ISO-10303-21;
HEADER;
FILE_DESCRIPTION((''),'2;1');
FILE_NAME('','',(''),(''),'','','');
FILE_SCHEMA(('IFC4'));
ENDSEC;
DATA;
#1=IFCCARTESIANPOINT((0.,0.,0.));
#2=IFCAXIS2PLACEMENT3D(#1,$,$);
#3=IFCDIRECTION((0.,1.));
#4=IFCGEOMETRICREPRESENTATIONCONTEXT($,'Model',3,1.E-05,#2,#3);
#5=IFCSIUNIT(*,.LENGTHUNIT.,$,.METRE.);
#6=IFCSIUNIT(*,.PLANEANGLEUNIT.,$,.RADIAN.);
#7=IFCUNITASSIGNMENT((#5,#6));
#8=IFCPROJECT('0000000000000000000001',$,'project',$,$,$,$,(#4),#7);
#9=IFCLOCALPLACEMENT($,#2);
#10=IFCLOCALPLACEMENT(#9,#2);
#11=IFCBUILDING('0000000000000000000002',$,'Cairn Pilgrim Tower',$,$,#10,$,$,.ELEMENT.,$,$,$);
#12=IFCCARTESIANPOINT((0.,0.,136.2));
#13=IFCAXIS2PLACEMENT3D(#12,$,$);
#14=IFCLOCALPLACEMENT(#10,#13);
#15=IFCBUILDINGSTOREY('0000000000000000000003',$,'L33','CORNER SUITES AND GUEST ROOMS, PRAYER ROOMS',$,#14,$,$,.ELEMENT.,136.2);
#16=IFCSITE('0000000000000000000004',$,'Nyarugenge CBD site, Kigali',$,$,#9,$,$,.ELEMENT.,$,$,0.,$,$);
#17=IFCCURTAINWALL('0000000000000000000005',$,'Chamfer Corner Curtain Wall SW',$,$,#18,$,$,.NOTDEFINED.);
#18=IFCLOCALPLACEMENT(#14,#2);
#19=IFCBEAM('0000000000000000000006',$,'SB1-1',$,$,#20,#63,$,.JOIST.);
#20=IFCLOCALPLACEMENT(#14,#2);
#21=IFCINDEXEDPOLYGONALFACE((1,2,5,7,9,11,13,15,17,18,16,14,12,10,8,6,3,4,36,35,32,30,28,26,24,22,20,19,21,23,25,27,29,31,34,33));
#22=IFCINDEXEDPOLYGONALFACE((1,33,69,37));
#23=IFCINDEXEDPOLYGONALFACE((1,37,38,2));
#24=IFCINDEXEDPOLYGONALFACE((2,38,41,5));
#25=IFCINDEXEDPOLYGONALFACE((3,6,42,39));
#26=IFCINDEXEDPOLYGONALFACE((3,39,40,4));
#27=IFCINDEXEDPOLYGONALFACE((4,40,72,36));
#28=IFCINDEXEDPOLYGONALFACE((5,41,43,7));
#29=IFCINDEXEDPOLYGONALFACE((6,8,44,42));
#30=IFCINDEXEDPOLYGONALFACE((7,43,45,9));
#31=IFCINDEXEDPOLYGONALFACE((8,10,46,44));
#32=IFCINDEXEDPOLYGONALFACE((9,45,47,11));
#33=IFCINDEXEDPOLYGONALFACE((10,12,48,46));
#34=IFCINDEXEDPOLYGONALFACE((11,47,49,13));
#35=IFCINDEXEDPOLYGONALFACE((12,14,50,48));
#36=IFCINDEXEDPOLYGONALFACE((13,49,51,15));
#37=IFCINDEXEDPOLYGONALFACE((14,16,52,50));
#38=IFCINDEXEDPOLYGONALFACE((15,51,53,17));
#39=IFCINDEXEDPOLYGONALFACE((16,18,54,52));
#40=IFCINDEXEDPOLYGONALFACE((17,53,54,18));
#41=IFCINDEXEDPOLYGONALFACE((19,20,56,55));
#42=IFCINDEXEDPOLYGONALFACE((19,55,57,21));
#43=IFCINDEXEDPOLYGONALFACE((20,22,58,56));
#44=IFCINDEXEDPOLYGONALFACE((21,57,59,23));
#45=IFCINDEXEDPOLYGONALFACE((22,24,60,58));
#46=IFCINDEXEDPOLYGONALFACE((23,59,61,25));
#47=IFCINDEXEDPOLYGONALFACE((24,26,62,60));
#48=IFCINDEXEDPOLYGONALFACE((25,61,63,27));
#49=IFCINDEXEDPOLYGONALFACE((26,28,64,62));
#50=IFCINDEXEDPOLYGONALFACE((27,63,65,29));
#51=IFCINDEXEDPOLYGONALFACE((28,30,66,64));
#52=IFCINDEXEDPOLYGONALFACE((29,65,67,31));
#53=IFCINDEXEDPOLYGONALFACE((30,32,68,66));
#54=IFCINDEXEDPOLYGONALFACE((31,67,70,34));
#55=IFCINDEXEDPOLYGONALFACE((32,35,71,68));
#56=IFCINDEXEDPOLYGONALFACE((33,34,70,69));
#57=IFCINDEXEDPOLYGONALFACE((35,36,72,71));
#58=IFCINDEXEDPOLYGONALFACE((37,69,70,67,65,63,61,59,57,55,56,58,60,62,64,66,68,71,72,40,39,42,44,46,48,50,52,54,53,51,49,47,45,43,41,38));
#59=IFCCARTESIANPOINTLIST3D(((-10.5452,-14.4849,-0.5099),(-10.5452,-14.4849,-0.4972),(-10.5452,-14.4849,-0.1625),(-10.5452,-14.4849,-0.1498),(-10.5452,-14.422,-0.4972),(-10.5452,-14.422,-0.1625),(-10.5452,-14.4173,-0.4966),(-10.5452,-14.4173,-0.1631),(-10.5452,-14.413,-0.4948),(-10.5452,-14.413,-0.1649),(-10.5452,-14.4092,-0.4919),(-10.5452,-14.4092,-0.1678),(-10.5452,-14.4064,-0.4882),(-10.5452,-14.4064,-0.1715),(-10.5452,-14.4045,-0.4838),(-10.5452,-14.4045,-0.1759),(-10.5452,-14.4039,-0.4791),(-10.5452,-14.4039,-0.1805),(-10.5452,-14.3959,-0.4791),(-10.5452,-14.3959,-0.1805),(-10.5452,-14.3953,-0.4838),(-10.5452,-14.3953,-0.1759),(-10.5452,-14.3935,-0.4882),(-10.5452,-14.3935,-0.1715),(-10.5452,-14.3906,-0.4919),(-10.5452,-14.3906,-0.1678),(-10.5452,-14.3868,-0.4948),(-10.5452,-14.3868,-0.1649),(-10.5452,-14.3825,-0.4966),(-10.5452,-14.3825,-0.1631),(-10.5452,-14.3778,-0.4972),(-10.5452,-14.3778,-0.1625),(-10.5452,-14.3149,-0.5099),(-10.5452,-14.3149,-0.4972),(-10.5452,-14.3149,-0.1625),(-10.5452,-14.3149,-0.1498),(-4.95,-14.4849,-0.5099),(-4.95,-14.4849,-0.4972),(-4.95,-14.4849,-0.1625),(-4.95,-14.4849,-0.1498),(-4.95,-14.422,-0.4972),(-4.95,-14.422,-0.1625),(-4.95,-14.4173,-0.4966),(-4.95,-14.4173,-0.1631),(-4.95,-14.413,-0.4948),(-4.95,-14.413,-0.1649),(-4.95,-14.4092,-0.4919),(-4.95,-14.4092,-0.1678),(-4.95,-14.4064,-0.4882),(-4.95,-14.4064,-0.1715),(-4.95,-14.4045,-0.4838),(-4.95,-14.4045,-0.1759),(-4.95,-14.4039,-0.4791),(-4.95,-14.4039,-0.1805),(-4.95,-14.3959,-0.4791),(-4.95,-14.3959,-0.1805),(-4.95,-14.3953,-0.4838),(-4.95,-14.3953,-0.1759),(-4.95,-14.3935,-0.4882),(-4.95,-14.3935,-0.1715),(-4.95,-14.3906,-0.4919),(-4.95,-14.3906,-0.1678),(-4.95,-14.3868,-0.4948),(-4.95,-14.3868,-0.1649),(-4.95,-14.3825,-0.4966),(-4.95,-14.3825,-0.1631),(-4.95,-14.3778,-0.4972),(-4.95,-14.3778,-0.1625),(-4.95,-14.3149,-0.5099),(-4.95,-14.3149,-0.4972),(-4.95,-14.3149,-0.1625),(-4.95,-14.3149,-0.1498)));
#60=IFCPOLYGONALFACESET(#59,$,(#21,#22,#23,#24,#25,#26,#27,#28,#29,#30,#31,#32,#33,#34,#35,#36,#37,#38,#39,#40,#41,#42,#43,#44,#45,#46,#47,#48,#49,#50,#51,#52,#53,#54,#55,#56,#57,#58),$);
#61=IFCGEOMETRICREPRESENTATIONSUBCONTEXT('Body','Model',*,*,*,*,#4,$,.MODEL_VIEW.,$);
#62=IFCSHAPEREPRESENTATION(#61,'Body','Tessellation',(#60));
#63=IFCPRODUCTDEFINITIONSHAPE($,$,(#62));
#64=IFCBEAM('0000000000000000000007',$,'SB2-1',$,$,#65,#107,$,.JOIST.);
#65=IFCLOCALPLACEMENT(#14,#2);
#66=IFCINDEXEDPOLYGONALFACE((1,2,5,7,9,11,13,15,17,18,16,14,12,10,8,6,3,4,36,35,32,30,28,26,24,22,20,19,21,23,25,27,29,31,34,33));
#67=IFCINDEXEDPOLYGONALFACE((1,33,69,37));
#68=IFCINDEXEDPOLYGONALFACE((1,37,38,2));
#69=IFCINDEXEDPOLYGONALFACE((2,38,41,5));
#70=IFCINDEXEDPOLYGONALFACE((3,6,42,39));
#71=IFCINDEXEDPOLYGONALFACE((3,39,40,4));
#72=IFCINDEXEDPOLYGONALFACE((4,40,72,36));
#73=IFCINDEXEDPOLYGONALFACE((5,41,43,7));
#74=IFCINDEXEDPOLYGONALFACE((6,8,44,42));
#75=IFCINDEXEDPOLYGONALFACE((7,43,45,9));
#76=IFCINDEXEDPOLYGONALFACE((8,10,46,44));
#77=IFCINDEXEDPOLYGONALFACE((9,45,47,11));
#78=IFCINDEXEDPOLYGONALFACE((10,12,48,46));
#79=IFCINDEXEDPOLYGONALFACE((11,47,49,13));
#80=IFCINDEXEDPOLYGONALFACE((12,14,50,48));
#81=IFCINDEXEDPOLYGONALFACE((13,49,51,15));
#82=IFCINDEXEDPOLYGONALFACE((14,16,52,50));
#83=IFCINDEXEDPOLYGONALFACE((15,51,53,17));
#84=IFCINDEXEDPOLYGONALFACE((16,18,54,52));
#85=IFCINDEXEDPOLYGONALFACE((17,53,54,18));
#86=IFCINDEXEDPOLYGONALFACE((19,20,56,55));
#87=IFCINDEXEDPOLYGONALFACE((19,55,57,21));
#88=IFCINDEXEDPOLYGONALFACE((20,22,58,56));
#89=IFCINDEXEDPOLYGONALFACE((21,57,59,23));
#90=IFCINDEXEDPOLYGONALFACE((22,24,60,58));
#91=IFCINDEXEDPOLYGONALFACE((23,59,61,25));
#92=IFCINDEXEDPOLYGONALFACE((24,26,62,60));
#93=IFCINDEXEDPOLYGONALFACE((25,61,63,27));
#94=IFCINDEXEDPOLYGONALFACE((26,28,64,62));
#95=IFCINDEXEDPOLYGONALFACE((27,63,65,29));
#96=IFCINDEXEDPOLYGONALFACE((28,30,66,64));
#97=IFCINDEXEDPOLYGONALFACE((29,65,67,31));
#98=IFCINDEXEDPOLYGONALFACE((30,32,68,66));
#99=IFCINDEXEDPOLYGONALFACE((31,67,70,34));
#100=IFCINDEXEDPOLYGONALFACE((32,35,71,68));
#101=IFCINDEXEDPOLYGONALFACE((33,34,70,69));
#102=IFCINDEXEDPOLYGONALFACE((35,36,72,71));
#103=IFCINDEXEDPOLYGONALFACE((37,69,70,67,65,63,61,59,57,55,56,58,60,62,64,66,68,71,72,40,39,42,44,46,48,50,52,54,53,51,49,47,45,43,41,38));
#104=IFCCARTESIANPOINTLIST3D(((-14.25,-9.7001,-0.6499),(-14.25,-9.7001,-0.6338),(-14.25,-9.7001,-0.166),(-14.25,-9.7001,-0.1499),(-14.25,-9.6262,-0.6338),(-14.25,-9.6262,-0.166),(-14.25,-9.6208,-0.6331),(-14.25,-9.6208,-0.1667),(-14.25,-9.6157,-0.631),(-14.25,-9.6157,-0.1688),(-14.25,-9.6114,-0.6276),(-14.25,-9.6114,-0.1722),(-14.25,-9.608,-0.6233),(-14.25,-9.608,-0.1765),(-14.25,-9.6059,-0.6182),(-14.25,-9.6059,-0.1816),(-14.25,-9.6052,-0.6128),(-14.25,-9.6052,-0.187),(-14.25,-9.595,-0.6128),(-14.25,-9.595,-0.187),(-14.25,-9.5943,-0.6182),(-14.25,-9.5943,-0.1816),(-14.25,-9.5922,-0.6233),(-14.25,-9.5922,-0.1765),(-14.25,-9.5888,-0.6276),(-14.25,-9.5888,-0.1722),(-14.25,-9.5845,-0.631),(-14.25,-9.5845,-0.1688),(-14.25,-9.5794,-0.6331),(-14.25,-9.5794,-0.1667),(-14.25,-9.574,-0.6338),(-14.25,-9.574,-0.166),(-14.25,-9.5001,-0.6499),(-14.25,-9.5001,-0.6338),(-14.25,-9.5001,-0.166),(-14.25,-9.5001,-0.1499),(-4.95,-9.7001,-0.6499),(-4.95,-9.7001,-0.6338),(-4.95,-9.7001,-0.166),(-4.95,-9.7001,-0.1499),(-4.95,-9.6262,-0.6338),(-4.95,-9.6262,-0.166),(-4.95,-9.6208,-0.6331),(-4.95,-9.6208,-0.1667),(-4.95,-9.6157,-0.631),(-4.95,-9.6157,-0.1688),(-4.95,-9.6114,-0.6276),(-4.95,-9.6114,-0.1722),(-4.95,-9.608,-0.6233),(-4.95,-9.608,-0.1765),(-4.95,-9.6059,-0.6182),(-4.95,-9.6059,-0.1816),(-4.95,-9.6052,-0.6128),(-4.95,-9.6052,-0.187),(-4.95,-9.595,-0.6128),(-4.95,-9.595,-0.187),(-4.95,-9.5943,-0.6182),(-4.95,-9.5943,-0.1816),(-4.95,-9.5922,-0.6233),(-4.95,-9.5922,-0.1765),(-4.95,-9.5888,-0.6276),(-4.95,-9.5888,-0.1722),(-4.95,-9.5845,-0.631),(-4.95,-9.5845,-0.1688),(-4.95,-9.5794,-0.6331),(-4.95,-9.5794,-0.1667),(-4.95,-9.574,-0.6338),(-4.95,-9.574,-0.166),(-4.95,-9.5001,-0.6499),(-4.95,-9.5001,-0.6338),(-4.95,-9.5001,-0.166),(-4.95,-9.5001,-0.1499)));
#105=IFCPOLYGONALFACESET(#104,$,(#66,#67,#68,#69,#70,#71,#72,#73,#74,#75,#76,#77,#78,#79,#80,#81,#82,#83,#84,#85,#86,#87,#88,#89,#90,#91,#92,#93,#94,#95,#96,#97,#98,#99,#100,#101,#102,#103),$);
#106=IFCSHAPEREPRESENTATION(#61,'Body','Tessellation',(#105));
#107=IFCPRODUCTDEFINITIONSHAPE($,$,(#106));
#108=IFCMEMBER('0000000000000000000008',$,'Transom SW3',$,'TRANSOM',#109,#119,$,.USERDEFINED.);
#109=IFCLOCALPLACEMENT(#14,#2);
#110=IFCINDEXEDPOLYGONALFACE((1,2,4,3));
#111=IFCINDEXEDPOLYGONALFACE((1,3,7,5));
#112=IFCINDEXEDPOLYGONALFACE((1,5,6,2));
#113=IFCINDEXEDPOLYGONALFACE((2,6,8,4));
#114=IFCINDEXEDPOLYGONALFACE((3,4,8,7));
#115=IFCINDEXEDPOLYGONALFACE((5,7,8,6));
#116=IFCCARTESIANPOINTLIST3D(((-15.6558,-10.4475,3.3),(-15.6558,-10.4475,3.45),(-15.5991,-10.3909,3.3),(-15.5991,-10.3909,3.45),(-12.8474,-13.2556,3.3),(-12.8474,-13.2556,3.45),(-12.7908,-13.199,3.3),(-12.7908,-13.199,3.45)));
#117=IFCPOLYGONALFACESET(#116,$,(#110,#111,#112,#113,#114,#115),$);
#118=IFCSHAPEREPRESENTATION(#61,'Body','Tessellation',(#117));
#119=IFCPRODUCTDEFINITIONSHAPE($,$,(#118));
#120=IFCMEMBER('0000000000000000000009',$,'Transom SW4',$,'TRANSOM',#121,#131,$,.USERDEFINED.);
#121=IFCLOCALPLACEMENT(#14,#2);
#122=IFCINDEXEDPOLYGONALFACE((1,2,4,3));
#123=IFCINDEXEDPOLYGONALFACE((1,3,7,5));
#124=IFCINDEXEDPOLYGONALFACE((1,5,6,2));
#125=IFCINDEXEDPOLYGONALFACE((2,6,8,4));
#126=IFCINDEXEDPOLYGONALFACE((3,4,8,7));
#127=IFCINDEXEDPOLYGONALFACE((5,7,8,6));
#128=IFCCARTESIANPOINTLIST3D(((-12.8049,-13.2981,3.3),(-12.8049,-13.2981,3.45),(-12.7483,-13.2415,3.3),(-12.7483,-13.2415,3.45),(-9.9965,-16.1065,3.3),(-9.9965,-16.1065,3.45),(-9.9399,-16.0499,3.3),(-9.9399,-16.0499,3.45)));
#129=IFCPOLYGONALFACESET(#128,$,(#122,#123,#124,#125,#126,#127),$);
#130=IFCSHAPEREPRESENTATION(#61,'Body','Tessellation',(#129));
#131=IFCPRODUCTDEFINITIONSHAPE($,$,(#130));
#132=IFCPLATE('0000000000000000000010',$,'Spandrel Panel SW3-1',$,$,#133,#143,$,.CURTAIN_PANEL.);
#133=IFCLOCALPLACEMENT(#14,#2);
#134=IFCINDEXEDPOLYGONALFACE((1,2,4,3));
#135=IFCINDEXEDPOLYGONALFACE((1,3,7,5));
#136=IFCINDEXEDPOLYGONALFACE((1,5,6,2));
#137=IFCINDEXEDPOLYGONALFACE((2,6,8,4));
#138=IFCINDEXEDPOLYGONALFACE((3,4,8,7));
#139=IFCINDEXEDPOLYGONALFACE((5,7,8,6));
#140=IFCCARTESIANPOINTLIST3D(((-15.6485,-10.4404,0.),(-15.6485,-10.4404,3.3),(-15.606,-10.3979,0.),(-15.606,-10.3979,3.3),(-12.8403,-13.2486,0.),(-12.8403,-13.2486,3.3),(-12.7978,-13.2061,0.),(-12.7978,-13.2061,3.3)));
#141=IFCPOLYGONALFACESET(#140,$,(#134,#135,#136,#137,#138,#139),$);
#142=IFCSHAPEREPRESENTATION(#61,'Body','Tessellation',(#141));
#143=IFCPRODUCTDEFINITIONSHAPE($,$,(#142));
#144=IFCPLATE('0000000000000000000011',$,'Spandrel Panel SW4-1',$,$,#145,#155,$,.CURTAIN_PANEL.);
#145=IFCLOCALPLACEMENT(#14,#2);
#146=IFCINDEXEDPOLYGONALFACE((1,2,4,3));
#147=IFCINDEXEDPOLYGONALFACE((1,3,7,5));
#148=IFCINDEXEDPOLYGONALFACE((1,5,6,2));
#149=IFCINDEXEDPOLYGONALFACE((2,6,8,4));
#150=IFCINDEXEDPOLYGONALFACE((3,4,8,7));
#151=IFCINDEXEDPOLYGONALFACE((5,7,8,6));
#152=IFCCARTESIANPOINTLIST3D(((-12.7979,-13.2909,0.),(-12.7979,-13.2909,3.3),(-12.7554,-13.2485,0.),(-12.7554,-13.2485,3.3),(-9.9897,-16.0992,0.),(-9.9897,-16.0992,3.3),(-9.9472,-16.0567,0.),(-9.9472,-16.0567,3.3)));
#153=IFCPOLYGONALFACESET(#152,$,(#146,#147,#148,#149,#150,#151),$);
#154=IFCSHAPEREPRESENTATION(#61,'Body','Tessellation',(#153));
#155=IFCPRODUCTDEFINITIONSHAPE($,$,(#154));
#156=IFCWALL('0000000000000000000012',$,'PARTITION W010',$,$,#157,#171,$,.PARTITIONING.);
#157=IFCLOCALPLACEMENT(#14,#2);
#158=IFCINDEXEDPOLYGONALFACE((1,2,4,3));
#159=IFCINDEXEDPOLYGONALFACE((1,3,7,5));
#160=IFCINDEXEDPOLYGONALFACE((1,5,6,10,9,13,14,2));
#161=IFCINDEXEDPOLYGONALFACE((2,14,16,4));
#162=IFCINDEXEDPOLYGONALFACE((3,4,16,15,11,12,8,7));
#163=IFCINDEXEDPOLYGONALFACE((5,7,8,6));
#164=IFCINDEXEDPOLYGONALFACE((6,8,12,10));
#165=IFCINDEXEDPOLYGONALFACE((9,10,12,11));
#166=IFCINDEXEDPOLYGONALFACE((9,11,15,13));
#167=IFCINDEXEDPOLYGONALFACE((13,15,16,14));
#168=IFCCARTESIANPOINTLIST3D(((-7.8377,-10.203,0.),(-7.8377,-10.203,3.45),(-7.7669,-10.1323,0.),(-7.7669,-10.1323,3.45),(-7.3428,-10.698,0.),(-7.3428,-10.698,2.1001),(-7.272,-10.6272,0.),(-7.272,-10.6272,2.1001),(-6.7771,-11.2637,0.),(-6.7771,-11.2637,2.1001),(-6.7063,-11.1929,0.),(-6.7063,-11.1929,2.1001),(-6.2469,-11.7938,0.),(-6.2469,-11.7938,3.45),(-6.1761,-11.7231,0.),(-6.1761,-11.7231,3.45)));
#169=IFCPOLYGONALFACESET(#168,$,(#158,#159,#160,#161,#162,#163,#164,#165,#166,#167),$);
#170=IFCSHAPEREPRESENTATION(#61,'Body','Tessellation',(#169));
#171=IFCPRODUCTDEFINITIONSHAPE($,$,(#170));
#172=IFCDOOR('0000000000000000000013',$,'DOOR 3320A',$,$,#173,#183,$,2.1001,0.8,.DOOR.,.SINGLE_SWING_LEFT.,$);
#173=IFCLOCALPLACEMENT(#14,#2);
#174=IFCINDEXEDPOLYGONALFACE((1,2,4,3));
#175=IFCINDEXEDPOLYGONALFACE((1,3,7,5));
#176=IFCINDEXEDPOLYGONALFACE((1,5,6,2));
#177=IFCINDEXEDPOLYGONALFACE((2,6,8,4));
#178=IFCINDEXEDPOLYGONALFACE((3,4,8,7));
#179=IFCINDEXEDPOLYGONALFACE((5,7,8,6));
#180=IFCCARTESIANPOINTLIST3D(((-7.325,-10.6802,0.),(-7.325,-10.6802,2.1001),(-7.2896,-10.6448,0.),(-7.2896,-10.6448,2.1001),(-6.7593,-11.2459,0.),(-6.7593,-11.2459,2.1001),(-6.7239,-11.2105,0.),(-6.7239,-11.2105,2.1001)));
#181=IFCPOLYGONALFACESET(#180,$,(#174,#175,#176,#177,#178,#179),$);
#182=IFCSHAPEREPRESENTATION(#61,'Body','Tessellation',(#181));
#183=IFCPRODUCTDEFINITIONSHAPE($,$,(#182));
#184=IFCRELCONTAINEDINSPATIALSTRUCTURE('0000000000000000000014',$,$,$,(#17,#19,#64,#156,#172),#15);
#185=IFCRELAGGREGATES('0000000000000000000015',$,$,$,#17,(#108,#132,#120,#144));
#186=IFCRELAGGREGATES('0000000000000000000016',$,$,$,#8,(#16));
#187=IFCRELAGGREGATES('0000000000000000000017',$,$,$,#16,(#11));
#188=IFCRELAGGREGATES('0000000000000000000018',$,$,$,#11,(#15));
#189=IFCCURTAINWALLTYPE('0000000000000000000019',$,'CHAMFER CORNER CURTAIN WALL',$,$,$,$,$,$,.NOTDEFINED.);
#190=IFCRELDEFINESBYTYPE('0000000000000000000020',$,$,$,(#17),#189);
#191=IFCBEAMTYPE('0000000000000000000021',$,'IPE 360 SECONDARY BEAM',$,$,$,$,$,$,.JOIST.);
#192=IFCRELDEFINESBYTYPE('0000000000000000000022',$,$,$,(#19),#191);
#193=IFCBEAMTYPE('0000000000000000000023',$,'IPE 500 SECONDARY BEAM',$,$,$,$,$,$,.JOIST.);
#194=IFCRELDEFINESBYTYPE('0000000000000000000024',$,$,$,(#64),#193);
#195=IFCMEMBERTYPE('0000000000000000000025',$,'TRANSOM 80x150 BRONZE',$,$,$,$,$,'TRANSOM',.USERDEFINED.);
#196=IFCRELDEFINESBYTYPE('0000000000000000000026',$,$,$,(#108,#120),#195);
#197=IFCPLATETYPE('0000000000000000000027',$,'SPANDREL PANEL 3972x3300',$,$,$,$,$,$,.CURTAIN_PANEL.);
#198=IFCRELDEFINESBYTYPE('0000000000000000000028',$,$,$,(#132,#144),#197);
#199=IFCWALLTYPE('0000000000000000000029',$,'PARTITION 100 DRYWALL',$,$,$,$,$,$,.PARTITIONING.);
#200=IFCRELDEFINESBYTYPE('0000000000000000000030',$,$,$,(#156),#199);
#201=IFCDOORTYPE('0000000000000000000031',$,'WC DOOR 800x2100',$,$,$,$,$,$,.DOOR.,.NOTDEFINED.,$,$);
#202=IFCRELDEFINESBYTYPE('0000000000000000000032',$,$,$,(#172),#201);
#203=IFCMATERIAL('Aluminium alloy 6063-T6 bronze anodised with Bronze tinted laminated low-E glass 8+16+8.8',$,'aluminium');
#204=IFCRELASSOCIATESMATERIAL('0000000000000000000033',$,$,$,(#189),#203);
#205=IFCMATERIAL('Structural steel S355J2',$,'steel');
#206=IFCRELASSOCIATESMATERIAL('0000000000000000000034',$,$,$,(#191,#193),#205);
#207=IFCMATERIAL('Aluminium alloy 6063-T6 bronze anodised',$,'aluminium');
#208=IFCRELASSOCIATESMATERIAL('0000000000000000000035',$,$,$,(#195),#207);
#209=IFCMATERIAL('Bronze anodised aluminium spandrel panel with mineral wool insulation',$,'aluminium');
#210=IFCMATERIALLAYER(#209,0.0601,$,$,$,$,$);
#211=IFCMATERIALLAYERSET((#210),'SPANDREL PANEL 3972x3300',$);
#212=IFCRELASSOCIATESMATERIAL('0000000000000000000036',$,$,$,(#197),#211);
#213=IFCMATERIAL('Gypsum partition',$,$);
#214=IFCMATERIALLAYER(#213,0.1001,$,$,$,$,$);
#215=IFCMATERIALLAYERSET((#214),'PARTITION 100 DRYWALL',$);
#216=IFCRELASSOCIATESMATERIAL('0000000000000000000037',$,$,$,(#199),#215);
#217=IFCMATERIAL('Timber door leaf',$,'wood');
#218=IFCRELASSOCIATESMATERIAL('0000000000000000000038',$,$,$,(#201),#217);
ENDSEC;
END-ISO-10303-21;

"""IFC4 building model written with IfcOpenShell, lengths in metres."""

from ifc_helpers import new_model, si_unit, direction, frame, frame_2d, origin, origin_2d, place, context, subcontext, project, spatial, rectangle, i_section, extrude, material, layer, layer_set, material_profile, profile_set, type_object, element, fill, aggregate, save


model = new_model("IFC4")

# Units and contexts
model_context = context("Model", 3, precision=1e-05, world=origin(), true_north=direction((0.0, 1.0)))
body_context = subcontext(model_context, "Body", "Model", "MODEL_VIEW")
ifc_project = project(units=[si_unit("LENGTHUNIT", "METRE"), si_unit("PLANEANGLEUNIT", "RADIAN")], contexts=[model_context])

# Site, building, storey
site_placement = place(None, origin())
site = spatial("IfcSite", under=ifc_project, at=site_placement, Name="Nyarugenge CBD site, Kigali", CompositionType="ELEMENT", RefElevation=0.0)
building_placement = place(site_placement, origin())
building = spatial("IfcBuilding", under=site, at=building_placement, Name="Cairn Pilgrim Tower", CompositionType="ELEMENT")
storey_placement = place(building_placement, frame((0.0, 0.0, 136.2)))
storey = spatial("IfcBuildingStorey", under=building, at=storey_placement, Name="L33", Description="CORNER SUITES AND GUEST ROOMS, PRAYER ROOMS", CompositionType="ELEMENT", Elevation=136.2)

# Shared definitions
ifc_material_1 = material(Name="Structural steel S355J2", Category="steel")

# Shared definitions
ifc_material_2 = material(Name="Aluminium alloy 6063-T6 bronze anodised with Bronze tinted laminated low-E glass 8+16+8.8", Category="aluminium")
ifc_material_3 = material(Name="Aluminium alloy 6063-T6 bronze anodised", Category="aluminium")

# Curtain wall
curtain_wall_type_1 = type_object("IfcCurtainWallType", Name="CHAMFER CORNER CURTAIN WALL", PredefinedType="NOTDEFINED", material=ifc_material_2)
curtain_wall_1_placement = place(storey_placement, origin())
curtain_wall_1 = element("IfcCurtainWall", 1, at=curtain_wall_1_placement, inside=storey, type_object=curtain_wall_type_1, Name="Chamfer Corner Curtain Wall SW", PredefinedType="NOTDEFINED")

# Beams
ifc_material_profile_1 = material_profile(ifc_material_1, i_section(OverallWidth=0.1699, OverallDepth=0.3601, WebThickness=0.0081, FlangeThickness=0.0127, FilletRadius=0.0181, at=origin_2d()), Name="IPE 360")
ifc_profile_set_1 = profile_set([ifc_material_profile_1], Name="Structural steel S355J2")
beam_type_1 = type_object("IfcBeamType", Name="IPE 360 SECONDARY BEAM", PredefinedType="JOIST", material=ifc_profile_set_1)
beam_1_placement = place(storey_placement, frame((-10.5452, -14.3999, -0.3298), z_axis=(1.0, 0.0, 0.0), x_axis=(0.0, 1.0, 0.0)))
element("IfcBeam", 2, at=beam_1_placement, inside=storey, type_object=beam_type_1, Name="SB1-1", PredefinedType="JOIST", context=body_context, shape_type="SweptSolid", body=[
    extrude(i_section(OverallWidth=0.1699, OverallDepth=0.3601, WebThickness=0.0081, FlangeThickness=0.0127, FilletRadius=0.0181, at=origin_2d()), origin(), (0.0, 0.0, 1.0), 5.5952),
])
ifc_material_profile_2 = material_profile(ifc_material_1, i_section(OverallWidth=0.2, OverallDepth=0.5, WebThickness=0.0103, FlangeThickness=0.0161, FilletRadius=0.021, at=origin_2d()), Name="IPE 500")
ifc_profile_set_2 = profile_set([ifc_material_profile_2], Name="Structural steel S355J2")
beam_type_2 = type_object("IfcBeamType", Name="IPE 500 SECONDARY BEAM", PredefinedType="JOIST", material=ifc_profile_set_2)
beam_2_placement = place(storey_placement, frame((-14.25, -9.6001, -0.3999), z_axis=(1.0, 0.0, 0.0), x_axis=(0.0, 1.0, 0.0)))
element("IfcBeam", 3, at=beam_2_placement, inside=storey, type_object=beam_type_2, Name="SB2-1", PredefinedType="JOIST", context=body_context, shape_type="SweptSolid", body=[
    extrude(i_section(OverallWidth=0.2, OverallDepth=0.5, WebThickness=0.0103, FlangeThickness=0.0161, FilletRadius=0.021, at=origin_2d()), origin(), (0.0, 0.0, 1.0), 9.3),
])

# Members
ifc_material_profile_3 = material_profile(ifc_material_3, rectangle(XDim=0.0801, YDim=0.1499, at=origin_2d()), Name="TRANSOM 80x150 BRONZE")
ifc_profile_set_3 = profile_set([ifc_material_profile_3], Name="Aluminium alloy 6063-T6 bronze anodised")
member_type_1 = type_object("IfcMemberType", Name="TRANSOM 80x150 BRONZE", ElementType="TRANSOM", PredefinedType="USERDEFINED", material=ifc_profile_set_3)
member_1_placement = place(storey_placement, frame((-15.6274, -10.4192, 3.375), z_axis=(0.707138, -0.707076, 0.0), x_axis=(0.707076, 0.707138, 0.0)))
member_1 = element("IfcMember", 4, at=member_1_placement, type_object=member_type_1, Name="Transom SW3", ObjectType="TRANSOM", PredefinedType="USERDEFINED", context=body_context, shape_type="SweptSolid", body=[
    extrude(rectangle(XDim=0.0801, YDim=0.1499, at=origin_2d()), origin(), (0.0, 0.0, 1.0), 3.9714),
])
member_2_placement = place(storey_placement, frame((-12.7766, -13.2698, 3.375), z_axis=(0.707107, -0.707107, 0.0), x_axis=(0.707107, 0.707107, 0.0)))
member_2 = element("IfcMember", 5, at=member_2_placement, type_object=member_type_1, Name="Transom SW4", ObjectType="TRANSOM", PredefinedType="USERDEFINED", context=body_context, shape_type="SweptSolid", body=[
    extrude(rectangle(XDim=0.0801, YDim=0.1499, at=origin_2d()), origin(), (0.0, 0.0, 1.0), 3.9717),
])

# Plates
ifc_material_4 = material(Name="Bronze anodised aluminium spandrel panel with mineral wool insulation", Category="aluminium")
ifc_layer_1 = layer(ifc_material_4, 0.0601)
ifc_layer_set_1 = layer_set([ifc_layer_1], Name="SPANDREL PANEL 3972x3300")
plate_type = type_object("IfcPlateType", Name="SPANDREL PANEL 3972x3300", PredefinedType="CURTAIN_PANEL", material=ifc_layer_set_1)
plate_1_placement = place(storey_placement, frame((-14.2231, -11.8232, 0.0), z_axis=(0.0, 0.0, 1.0), x_axis=(0.707107, -0.707107, 0.0)))
plate_1 = element("IfcPlate", 6, at=plate_1_placement, type_object=plate_type, Name="Spandrel Panel SW3-1", PredefinedType="CURTAIN_PANEL", context=body_context, shape_type="SweptSolid", body=[
    extrude(rectangle(XDim=3.9714, YDim=0.0601, at=origin_2d()), origin(), (0.0, 0.0, 1.0), 3.3),
])
plate_2_placement = place(storey_placement, frame((-11.3726, -14.6738, 0.0), z_axis=(0.0, 0.0, 1.0), x_axis=(0.707107, -0.707107, 0.0)))
plate_2 = element("IfcPlate", 7, at=plate_2_placement, type_object=plate_type, Name="Spandrel Panel SW4-1", PredefinedType="CURTAIN_PANEL", context=body_context, shape_type="SweptSolid", body=[
    extrude(rectangle(XDim=3.9714, YDim=0.0601, at=origin_2d()), origin(), (0.0, 0.0, 1.0), 3.3),
])
aggregate(curtain_wall_1, [member_1, plate_1, member_2, plate_2])

# Wall, opening, door
ifc_material_5 = material(Name="Gypsum partition")
ifc_layer_2 = layer(ifc_material_5, 0.1001)
ifc_layer_set_2 = layer_set([ifc_layer_2], Name="PARTITION 100 DRYWALL")
wall_type_1 = type_object("IfcWallType", Name="PARTITION 100 DRYWALL", PredefinedType="PARTITIONING", material=ifc_layer_set_2)
wall_1_placement = place(storey_placement, frame((-6.2114, -11.7585, 0.0), z_axis=(0.0, 0.0, 1.0), x_axis=(-0.707107, 0.707107, 0.0)))
wall_1 = element("IfcWall", 8, at=wall_1_placement, inside=storey, type_object=wall_type_1, Name="PARTITION W010", PredefinedType="PARTITIONING", context=body_context, shape_type="SweptSolid", body=[
    extrude(rectangle(XDim=2.2498, YDim=0.1001, at=frame_2d((1.125, 0.0))), origin(), (0.0, 0.0, 1.0), 3.45),
])
opening_1_placement = place(wall_1_placement, frame((0.75, 0.0, 0.0)))
opening_1 = element("IfcOpeningElement", 9, at=opening_1_placement, cuts=wall_1, PredefinedType="OPENING", context=body_context, shape_type="SweptSolid", body=[
    extrude(rectangle(XDim=0.8, YDim=2.1001, at=frame_2d((0.3999, 1.05))), frame((0.0, 0.0601, 0.0), z_axis=(0.0, -1.0, 0.0), x_axis=(1.0, 0.0, 0.0)), (0.0, 0.0, 1.0), 0.1201),
])
ifc_material_6 = material(Name="Timber door leaf", Category="wood")
door_type_1 = type_object("IfcDoorType", Name="WC DOOR 800x2100", OperationType="NOTDEFINED", PredefinedType="DOOR", material=ifc_material_6)
door_1_placement = place(opening_1_placement, origin())
door_1 = element("IfcDoor", 10, at=door_1_placement, inside=storey, type_object=door_type_1, Name="DOOR 3320A", OperationType="SINGLE_SWING_LEFT", OverallHeight=2.1001, OverallWidth=0.8, PredefinedType="DOOR", context=body_context, shape_type="SweptSolid", body=[
    extrude(rectangle(XDim=0.8, YDim=2.1001, at=frame_2d((0.3999, 1.05))), frame((0.0, 0.0249, 0.0), z_axis=(0.0, -1.0, 0.0), x_axis=(1.0, 0.0, 0.0)), (0.0, 0.0, 1.0), 0.05),
])
fill(opening_1, door_1)

save(model, "model.ifc")
